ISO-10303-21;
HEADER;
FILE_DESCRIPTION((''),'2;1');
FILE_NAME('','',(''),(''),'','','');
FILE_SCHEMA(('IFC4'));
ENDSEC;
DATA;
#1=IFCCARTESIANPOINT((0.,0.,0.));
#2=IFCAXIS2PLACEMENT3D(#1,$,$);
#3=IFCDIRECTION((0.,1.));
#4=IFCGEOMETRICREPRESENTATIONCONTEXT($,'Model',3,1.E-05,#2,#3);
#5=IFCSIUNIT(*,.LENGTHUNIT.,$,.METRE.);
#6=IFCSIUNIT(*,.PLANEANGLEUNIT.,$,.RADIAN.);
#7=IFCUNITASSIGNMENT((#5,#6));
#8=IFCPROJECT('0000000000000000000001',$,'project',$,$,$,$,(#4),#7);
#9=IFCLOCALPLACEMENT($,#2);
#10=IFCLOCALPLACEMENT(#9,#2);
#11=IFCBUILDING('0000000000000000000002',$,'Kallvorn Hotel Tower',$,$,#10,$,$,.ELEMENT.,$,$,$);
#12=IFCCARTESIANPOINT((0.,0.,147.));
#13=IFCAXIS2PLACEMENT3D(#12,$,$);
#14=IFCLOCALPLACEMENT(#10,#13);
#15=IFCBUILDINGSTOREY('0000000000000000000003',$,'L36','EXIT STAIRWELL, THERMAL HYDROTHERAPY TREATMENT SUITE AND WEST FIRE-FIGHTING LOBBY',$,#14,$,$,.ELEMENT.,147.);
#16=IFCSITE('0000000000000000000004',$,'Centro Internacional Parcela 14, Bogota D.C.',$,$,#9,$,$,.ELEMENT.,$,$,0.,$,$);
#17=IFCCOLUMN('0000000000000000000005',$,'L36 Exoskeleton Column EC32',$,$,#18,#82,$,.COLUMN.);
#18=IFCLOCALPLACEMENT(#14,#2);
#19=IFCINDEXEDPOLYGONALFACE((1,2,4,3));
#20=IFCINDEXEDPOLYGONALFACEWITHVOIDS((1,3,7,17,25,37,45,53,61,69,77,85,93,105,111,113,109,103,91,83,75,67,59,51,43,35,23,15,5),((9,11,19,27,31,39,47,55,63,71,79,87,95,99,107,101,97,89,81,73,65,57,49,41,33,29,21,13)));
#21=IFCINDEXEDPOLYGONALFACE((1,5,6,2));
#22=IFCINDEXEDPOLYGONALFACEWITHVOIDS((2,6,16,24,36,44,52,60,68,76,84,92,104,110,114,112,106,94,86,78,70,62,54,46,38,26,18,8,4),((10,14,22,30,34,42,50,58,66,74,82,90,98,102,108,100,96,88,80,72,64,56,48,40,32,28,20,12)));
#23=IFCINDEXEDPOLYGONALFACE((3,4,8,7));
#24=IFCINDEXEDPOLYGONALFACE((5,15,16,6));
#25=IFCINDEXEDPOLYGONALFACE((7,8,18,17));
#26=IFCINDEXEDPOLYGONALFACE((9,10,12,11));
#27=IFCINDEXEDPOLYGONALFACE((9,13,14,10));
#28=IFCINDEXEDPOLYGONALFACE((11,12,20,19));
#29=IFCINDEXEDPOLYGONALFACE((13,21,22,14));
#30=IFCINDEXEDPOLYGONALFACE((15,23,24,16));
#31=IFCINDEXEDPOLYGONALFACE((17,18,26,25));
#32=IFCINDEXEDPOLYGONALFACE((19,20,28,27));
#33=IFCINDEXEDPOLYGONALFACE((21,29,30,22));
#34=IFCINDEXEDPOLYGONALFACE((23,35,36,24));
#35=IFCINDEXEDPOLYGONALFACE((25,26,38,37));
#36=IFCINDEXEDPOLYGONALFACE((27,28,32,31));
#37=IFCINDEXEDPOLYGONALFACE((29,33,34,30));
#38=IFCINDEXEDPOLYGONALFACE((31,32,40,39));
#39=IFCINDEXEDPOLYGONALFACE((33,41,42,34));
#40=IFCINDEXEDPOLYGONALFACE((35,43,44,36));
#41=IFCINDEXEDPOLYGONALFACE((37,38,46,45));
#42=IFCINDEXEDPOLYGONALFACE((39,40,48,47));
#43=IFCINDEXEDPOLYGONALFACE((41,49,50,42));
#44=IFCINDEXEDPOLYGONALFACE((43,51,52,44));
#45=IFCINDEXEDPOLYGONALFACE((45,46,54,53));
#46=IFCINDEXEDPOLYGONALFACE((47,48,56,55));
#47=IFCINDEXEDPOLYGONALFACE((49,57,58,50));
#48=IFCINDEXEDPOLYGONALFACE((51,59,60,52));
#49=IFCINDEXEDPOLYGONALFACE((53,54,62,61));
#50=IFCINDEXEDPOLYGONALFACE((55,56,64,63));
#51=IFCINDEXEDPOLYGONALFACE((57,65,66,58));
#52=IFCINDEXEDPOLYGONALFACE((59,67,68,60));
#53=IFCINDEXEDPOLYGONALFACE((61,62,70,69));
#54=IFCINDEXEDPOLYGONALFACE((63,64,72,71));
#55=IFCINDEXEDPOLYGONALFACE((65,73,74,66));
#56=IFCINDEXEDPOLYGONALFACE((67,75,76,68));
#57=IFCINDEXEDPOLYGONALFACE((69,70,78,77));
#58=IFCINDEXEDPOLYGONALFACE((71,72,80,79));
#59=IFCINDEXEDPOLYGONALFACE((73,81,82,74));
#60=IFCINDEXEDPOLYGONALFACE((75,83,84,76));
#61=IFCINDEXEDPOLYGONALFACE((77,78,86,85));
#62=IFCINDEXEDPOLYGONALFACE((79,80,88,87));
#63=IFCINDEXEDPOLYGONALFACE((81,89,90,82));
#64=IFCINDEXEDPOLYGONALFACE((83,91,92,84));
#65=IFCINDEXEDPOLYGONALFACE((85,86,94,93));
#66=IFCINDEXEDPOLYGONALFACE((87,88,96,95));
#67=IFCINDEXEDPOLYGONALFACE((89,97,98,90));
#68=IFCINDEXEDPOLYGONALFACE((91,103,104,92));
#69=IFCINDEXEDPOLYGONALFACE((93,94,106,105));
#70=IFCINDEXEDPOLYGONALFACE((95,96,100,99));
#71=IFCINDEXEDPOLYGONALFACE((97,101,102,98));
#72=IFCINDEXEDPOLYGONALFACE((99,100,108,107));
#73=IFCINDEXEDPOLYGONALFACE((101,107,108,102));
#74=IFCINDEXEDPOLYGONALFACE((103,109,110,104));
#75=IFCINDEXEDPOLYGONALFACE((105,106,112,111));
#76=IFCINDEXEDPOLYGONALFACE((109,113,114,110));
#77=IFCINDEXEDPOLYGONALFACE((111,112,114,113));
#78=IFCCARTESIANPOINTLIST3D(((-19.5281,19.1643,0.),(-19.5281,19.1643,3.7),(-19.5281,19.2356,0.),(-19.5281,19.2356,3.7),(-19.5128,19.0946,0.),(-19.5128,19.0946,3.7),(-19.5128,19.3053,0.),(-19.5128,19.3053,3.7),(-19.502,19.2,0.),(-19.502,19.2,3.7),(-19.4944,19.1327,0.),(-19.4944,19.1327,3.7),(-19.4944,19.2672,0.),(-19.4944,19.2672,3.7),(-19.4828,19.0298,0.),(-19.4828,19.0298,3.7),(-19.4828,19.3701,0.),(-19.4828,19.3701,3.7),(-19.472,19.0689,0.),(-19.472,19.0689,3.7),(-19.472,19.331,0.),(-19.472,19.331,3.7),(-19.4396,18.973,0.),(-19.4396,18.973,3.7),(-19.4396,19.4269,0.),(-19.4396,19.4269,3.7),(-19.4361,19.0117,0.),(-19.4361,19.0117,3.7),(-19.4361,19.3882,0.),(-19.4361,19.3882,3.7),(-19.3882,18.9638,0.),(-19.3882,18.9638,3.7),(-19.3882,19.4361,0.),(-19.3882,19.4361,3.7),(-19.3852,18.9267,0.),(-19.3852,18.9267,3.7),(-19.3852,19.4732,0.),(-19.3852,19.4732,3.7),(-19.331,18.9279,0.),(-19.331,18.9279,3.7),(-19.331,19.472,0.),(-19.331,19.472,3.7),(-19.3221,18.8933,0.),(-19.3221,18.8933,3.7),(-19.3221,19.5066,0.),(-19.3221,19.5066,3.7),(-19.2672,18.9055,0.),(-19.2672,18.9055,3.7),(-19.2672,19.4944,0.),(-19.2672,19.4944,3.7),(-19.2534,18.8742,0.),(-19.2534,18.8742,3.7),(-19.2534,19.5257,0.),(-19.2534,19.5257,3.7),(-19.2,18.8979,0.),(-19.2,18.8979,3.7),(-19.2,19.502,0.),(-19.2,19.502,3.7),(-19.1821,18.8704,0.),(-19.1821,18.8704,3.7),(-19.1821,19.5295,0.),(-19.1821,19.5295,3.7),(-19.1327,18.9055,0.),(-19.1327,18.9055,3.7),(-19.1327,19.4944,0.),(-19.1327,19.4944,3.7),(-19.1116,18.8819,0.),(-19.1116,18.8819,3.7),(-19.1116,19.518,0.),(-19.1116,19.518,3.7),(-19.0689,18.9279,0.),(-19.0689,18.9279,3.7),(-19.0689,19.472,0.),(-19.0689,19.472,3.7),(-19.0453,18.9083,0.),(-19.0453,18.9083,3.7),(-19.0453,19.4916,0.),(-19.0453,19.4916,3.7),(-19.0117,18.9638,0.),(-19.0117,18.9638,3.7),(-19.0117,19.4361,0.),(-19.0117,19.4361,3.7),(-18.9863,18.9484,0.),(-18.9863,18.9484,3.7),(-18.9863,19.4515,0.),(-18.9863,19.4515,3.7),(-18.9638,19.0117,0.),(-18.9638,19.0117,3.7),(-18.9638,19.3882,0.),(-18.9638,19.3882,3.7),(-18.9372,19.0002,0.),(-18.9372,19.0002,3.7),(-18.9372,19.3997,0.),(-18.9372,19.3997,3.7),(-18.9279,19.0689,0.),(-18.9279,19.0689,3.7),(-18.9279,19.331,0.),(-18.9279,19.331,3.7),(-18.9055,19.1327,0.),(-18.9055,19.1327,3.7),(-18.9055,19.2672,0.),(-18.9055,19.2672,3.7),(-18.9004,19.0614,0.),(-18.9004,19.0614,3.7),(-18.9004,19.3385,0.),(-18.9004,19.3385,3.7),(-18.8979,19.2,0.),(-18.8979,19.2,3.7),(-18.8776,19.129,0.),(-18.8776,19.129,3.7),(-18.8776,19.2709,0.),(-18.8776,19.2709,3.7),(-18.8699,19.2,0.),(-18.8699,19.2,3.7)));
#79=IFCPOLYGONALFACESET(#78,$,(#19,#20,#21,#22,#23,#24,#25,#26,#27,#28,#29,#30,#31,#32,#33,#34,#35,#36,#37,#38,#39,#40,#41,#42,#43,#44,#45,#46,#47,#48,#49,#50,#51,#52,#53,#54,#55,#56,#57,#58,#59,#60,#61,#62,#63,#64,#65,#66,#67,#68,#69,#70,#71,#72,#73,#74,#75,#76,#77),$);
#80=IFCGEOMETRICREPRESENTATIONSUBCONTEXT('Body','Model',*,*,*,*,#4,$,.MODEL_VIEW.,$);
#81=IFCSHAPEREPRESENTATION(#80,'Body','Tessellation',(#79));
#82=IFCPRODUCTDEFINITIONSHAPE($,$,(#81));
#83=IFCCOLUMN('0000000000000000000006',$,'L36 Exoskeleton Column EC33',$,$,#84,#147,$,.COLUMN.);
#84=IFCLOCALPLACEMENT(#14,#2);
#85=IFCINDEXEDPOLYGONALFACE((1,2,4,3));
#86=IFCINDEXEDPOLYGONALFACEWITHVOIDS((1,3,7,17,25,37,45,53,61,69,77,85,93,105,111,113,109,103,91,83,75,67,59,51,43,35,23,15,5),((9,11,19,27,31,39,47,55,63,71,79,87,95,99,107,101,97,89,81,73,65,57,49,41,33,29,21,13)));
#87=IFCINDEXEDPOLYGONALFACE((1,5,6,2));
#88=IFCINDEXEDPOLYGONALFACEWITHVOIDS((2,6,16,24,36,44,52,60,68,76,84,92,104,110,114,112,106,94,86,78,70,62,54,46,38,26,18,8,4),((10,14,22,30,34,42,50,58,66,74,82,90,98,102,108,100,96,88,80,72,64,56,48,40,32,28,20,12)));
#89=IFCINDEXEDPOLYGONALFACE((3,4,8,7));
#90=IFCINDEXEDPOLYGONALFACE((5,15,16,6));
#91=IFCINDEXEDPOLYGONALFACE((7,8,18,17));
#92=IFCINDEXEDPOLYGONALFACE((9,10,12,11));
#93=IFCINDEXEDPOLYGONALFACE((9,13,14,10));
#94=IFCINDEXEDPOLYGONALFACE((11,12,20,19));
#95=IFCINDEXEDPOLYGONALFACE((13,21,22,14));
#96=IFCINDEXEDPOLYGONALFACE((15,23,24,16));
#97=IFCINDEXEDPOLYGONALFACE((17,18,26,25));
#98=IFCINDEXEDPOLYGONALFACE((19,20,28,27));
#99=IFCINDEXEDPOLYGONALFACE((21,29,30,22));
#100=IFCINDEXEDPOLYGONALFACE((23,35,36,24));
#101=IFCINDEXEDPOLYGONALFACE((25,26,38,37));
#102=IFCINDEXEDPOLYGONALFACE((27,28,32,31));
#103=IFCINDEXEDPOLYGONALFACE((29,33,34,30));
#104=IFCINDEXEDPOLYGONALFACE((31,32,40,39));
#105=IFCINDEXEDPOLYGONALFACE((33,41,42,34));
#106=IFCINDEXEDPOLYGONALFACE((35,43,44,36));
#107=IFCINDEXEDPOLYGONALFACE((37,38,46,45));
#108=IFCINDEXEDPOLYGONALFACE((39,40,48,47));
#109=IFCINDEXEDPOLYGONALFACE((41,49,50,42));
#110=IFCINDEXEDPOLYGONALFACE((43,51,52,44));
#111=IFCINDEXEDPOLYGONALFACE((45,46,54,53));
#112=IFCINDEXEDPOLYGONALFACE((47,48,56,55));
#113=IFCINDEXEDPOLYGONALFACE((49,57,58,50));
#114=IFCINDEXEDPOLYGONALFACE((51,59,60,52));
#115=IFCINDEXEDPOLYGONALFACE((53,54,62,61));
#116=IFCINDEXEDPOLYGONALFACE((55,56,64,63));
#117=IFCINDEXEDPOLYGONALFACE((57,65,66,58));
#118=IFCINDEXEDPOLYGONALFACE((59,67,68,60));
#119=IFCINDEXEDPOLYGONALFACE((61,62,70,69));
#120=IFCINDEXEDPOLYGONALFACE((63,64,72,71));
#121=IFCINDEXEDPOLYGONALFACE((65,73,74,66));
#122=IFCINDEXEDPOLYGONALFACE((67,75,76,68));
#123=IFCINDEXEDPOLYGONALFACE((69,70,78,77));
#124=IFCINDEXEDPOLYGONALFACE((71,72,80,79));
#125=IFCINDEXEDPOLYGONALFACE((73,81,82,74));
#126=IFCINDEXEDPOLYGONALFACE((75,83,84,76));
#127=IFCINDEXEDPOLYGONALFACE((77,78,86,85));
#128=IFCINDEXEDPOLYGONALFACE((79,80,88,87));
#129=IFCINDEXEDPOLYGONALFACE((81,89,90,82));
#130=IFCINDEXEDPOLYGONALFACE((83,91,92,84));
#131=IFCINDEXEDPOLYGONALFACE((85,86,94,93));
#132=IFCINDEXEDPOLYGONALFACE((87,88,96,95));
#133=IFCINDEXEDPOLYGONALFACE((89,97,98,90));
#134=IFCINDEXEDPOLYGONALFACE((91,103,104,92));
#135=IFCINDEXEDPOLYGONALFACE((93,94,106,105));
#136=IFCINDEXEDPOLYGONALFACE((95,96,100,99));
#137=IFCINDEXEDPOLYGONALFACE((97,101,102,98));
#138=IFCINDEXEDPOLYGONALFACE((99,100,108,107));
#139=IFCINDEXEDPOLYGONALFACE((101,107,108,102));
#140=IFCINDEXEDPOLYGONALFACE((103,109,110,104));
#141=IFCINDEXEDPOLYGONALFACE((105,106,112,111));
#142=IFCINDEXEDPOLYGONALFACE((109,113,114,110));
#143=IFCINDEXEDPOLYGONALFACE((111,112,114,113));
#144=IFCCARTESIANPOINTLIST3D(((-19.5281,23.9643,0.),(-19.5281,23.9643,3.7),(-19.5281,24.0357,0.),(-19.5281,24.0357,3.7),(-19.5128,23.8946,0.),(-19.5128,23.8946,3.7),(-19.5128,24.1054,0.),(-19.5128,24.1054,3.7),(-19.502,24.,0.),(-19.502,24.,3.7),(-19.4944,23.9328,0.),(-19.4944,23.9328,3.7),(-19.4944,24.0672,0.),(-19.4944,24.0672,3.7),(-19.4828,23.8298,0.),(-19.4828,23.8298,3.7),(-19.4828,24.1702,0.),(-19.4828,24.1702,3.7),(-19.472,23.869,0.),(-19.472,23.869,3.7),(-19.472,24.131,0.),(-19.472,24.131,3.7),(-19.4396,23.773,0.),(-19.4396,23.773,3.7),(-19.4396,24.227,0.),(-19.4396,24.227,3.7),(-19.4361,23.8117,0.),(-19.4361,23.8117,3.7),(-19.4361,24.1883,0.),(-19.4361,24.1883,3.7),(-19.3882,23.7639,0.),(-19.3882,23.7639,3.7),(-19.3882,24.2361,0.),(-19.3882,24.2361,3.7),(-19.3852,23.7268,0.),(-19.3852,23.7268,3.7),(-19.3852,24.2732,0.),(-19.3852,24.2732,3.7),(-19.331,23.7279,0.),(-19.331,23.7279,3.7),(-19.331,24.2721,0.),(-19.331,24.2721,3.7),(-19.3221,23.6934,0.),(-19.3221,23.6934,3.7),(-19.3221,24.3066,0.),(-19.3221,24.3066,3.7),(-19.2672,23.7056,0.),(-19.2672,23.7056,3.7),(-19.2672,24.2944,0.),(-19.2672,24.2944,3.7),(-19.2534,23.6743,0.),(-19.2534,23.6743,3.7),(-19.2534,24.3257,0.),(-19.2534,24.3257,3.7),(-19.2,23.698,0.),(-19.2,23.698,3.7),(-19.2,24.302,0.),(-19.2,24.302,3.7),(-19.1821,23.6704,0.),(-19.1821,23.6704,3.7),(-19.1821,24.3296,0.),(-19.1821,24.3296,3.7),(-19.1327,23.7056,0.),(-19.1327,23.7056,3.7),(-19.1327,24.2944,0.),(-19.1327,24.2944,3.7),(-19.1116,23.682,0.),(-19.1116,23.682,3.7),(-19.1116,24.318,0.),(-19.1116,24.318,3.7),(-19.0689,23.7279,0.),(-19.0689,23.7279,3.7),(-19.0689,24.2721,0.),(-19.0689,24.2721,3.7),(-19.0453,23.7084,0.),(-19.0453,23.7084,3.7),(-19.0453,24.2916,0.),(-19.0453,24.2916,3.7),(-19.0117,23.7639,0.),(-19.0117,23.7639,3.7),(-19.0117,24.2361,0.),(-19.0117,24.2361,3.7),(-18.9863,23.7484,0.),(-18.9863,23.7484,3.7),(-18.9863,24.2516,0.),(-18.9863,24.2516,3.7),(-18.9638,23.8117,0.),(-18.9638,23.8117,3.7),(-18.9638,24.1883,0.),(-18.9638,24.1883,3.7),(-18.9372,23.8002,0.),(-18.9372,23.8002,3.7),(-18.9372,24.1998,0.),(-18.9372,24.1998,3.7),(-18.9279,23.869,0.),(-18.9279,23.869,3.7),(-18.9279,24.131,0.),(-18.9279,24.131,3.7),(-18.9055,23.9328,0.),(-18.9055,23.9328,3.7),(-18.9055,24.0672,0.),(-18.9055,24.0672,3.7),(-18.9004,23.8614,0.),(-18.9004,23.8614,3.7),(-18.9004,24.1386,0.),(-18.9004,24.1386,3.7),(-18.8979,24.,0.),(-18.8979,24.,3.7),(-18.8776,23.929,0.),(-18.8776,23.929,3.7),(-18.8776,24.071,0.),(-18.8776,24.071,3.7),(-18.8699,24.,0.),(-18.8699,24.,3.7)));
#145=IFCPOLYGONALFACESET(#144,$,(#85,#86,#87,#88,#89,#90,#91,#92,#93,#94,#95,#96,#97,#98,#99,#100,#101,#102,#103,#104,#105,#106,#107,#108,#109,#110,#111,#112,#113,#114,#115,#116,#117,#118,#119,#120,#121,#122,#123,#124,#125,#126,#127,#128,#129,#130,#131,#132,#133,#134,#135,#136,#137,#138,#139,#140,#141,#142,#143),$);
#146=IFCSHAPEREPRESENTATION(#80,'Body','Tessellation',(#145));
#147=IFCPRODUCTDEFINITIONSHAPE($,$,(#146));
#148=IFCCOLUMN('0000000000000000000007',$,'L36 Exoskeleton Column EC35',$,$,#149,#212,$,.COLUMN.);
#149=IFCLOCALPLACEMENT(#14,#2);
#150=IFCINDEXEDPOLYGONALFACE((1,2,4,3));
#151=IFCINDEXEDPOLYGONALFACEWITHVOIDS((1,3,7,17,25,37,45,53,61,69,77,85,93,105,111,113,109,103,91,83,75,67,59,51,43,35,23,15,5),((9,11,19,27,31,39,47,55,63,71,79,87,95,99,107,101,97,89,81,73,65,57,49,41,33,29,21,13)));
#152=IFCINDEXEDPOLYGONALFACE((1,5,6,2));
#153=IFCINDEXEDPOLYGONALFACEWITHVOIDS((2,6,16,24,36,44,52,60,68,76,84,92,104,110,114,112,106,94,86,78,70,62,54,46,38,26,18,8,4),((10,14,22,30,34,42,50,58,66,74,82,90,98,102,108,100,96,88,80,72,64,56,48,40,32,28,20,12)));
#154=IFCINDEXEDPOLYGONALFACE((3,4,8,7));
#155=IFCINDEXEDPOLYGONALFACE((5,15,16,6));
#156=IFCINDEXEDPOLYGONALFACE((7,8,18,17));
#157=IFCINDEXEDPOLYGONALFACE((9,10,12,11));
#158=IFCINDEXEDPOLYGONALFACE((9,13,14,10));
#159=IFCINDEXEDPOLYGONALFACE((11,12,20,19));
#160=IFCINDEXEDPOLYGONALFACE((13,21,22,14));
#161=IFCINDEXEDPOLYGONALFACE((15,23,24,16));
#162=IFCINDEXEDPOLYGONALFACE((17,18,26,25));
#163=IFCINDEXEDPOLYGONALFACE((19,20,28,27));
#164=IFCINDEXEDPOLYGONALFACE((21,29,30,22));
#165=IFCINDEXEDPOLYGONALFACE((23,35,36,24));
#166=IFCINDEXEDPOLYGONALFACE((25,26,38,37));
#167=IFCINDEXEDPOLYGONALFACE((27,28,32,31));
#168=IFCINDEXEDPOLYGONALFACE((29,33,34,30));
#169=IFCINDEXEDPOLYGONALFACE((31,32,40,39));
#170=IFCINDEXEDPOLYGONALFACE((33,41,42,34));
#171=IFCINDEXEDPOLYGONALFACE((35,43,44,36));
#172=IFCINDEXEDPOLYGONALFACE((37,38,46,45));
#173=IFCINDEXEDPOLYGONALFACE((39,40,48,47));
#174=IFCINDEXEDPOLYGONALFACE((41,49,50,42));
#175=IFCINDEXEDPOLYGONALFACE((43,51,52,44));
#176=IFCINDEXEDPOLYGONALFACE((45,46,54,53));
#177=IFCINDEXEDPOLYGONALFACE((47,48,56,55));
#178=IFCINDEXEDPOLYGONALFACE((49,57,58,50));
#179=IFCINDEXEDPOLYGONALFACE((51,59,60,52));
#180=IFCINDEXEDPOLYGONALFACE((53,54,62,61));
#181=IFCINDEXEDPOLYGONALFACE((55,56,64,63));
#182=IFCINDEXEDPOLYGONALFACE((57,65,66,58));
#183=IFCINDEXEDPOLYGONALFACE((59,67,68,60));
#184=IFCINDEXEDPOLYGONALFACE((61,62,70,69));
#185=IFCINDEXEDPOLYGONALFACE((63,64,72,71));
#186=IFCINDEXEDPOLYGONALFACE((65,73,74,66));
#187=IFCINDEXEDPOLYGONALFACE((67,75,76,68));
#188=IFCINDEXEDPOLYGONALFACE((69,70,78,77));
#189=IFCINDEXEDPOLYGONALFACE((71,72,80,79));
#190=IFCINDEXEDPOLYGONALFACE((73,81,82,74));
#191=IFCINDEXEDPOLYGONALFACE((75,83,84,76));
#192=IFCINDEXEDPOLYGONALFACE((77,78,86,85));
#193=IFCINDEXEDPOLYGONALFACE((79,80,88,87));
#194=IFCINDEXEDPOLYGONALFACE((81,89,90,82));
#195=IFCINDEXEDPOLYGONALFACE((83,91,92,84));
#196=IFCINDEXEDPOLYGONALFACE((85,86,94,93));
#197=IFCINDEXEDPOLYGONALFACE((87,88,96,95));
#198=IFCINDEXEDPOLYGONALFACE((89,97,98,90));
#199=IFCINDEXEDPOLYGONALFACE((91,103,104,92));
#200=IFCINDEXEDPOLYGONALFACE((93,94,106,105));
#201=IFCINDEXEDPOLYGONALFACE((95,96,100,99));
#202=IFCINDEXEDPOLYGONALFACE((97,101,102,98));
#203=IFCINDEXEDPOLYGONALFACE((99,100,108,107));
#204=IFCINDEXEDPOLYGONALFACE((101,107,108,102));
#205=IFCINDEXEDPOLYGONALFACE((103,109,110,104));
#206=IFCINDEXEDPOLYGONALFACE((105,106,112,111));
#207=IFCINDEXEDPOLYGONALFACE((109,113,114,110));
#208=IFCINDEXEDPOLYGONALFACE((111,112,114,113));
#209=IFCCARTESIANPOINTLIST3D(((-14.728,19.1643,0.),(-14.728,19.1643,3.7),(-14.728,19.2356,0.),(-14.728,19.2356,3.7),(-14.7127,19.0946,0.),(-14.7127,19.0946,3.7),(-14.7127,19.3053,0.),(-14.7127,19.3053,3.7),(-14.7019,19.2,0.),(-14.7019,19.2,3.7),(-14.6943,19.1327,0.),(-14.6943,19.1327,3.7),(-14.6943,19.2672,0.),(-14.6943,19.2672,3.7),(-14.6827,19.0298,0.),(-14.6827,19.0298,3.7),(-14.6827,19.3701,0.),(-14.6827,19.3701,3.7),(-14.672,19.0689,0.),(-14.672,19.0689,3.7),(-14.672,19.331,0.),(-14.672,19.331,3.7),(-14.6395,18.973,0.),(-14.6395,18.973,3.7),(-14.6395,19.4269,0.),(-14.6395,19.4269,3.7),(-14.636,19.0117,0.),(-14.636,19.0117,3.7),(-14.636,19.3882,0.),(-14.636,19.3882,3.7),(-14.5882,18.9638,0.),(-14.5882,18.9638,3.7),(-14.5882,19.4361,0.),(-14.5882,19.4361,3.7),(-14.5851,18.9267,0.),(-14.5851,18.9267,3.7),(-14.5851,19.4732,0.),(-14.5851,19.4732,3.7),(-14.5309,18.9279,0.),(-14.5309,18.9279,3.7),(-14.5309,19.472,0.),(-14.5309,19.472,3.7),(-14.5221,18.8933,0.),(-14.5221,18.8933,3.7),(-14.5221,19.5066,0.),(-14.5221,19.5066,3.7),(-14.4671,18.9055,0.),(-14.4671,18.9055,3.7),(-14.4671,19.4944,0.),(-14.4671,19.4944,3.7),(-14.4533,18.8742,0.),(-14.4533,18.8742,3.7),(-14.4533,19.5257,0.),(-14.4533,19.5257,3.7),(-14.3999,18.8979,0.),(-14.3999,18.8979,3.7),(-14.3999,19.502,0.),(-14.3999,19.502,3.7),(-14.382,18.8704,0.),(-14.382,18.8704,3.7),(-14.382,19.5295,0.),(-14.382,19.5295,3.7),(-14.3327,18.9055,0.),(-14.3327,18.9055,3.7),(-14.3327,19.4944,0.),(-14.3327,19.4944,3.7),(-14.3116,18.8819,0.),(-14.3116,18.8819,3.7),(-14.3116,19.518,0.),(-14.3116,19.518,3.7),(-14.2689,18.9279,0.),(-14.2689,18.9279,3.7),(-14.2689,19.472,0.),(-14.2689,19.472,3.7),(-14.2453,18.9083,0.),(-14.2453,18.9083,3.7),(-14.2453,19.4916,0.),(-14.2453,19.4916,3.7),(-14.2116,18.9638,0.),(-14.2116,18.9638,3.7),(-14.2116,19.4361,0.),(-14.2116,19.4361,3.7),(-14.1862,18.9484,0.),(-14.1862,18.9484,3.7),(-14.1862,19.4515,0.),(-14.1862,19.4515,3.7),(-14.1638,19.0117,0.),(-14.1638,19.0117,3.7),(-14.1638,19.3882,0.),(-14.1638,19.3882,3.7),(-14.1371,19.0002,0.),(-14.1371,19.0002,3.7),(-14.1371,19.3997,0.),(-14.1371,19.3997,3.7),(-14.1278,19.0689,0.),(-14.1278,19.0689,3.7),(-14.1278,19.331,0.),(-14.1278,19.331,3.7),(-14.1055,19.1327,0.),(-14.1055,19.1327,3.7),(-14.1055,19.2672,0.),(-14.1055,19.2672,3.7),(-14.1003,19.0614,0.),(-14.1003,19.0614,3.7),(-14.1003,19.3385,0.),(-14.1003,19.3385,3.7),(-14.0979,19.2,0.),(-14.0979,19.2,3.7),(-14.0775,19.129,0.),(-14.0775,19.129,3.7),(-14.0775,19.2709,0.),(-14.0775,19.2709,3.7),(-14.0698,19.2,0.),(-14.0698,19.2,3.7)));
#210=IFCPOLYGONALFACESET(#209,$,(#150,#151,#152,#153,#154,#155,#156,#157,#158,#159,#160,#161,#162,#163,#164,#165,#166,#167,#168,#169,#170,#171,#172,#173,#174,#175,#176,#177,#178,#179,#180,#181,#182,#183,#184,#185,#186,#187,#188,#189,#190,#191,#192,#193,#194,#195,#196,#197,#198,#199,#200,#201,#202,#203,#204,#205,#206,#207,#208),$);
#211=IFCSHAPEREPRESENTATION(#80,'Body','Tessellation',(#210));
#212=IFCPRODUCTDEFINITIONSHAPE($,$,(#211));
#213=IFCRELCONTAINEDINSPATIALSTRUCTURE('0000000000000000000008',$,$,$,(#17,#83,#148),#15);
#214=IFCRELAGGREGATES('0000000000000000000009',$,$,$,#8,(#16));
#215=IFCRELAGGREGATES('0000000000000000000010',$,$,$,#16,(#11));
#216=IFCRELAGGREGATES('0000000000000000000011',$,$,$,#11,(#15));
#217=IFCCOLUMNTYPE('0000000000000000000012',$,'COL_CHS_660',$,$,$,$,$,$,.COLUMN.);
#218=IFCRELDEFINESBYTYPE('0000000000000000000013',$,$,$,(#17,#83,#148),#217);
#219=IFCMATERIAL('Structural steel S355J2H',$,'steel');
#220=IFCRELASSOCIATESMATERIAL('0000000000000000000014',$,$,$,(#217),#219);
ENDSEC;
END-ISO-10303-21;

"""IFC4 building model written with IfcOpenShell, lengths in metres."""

from ifc_helpers import new_model, si_unit, direction, frame, origin, origin_2d, place, context, subcontext, project, spatial, hollow_circle, extrude, material, material_profile, profile_set, type_object, element, save


model = new_model("IFC4")

# Units and contexts
model_context = context("Model", 3, precision=1e-05, world=origin(), true_north=direction((0.0, 1.0)))
body_context = subcontext(model_context, "Body", "Model", "MODEL_VIEW")
ifc_project = project(units=[si_unit("LENGTHUNIT", "METRE"), si_unit("PLANEANGLEUNIT", "RADIAN")], contexts=[model_context])

# Site, building, storey
site_placement = place(None, origin())
site = spatial("IfcSite", under=ifc_project, at=site_placement, Name="Centro Internacional Parcela 14, Bogota D.C.", CompositionType="ELEMENT", RefElevation=0.0)
building_placement = place(site_placement, origin())
building = spatial("IfcBuilding", under=site, at=building_placement, Name="Kallvorn Hotel Tower", CompositionType="ELEMENT")
storey_placement = place(building_placement, frame((0.0, 0.0, 147.0)))
storey = spatial("IfcBuildingStorey", under=building, at=storey_placement, Name="L36", Description="EXIT STAIRWELL, THERMAL HYDROTHERAPY TREATMENT SUITE AND WEST FIRE-FIGHTING LOBBY", CompositionType="ELEMENT", Elevation=147.0)

# Columns
ifc_material_1 = material(Name="Structural steel S355J2H", Category="steel")
ifc_material_profile_1 = material_profile(ifc_material_1, hollow_circle(Radius=0.3301, WallThickness=0.0281, at=origin_2d()), Name="CHS 660x28")
ifc_profile_set_1 = profile_set([ifc_material_profile_1], Name="Structural steel S355J2H")
column_type_1 = type_object("IfcColumnType", Name="COL_CHS_660", PredefinedType="COLUMN", material=ifc_profile_set_1)
for number, where, z_axis, x_axis, name in (
    (1, (-19.2, 19.2, 0.0), (0.0, 0.0, 1.0), (1.0, 0.0, 0.0), "L36 Exoskeleton Column EC32"),
    (2, (-19.2, 24.0, 0.0), (0.0, 0.0, 1.0), (1.0, 0.0, 0.0), "L36 Exoskeleton Column EC33"),
    (3, (-14.3999, 19.2, 0.0), (0.0, 0.0, 1.0), (1.0, 0.0, 0.0), "L36 Exoskeleton Column EC35"),
):
    element("IfcColumn", number, at=place(storey_placement, frame(where, z_axis=z_axis, x_axis=x_axis)), inside=storey, type_object=column_type_1, Name=name, PredefinedType="COLUMN", context=body_context, shape_type="SweptSolid", body=[
        extrude(hollow_circle(Radius=0.3301, WallThickness=0.0281, at=origin_2d()), origin(), (0.0, 0.0, 1.0), 3.7),
    ])

save(model, "model.ifc")
